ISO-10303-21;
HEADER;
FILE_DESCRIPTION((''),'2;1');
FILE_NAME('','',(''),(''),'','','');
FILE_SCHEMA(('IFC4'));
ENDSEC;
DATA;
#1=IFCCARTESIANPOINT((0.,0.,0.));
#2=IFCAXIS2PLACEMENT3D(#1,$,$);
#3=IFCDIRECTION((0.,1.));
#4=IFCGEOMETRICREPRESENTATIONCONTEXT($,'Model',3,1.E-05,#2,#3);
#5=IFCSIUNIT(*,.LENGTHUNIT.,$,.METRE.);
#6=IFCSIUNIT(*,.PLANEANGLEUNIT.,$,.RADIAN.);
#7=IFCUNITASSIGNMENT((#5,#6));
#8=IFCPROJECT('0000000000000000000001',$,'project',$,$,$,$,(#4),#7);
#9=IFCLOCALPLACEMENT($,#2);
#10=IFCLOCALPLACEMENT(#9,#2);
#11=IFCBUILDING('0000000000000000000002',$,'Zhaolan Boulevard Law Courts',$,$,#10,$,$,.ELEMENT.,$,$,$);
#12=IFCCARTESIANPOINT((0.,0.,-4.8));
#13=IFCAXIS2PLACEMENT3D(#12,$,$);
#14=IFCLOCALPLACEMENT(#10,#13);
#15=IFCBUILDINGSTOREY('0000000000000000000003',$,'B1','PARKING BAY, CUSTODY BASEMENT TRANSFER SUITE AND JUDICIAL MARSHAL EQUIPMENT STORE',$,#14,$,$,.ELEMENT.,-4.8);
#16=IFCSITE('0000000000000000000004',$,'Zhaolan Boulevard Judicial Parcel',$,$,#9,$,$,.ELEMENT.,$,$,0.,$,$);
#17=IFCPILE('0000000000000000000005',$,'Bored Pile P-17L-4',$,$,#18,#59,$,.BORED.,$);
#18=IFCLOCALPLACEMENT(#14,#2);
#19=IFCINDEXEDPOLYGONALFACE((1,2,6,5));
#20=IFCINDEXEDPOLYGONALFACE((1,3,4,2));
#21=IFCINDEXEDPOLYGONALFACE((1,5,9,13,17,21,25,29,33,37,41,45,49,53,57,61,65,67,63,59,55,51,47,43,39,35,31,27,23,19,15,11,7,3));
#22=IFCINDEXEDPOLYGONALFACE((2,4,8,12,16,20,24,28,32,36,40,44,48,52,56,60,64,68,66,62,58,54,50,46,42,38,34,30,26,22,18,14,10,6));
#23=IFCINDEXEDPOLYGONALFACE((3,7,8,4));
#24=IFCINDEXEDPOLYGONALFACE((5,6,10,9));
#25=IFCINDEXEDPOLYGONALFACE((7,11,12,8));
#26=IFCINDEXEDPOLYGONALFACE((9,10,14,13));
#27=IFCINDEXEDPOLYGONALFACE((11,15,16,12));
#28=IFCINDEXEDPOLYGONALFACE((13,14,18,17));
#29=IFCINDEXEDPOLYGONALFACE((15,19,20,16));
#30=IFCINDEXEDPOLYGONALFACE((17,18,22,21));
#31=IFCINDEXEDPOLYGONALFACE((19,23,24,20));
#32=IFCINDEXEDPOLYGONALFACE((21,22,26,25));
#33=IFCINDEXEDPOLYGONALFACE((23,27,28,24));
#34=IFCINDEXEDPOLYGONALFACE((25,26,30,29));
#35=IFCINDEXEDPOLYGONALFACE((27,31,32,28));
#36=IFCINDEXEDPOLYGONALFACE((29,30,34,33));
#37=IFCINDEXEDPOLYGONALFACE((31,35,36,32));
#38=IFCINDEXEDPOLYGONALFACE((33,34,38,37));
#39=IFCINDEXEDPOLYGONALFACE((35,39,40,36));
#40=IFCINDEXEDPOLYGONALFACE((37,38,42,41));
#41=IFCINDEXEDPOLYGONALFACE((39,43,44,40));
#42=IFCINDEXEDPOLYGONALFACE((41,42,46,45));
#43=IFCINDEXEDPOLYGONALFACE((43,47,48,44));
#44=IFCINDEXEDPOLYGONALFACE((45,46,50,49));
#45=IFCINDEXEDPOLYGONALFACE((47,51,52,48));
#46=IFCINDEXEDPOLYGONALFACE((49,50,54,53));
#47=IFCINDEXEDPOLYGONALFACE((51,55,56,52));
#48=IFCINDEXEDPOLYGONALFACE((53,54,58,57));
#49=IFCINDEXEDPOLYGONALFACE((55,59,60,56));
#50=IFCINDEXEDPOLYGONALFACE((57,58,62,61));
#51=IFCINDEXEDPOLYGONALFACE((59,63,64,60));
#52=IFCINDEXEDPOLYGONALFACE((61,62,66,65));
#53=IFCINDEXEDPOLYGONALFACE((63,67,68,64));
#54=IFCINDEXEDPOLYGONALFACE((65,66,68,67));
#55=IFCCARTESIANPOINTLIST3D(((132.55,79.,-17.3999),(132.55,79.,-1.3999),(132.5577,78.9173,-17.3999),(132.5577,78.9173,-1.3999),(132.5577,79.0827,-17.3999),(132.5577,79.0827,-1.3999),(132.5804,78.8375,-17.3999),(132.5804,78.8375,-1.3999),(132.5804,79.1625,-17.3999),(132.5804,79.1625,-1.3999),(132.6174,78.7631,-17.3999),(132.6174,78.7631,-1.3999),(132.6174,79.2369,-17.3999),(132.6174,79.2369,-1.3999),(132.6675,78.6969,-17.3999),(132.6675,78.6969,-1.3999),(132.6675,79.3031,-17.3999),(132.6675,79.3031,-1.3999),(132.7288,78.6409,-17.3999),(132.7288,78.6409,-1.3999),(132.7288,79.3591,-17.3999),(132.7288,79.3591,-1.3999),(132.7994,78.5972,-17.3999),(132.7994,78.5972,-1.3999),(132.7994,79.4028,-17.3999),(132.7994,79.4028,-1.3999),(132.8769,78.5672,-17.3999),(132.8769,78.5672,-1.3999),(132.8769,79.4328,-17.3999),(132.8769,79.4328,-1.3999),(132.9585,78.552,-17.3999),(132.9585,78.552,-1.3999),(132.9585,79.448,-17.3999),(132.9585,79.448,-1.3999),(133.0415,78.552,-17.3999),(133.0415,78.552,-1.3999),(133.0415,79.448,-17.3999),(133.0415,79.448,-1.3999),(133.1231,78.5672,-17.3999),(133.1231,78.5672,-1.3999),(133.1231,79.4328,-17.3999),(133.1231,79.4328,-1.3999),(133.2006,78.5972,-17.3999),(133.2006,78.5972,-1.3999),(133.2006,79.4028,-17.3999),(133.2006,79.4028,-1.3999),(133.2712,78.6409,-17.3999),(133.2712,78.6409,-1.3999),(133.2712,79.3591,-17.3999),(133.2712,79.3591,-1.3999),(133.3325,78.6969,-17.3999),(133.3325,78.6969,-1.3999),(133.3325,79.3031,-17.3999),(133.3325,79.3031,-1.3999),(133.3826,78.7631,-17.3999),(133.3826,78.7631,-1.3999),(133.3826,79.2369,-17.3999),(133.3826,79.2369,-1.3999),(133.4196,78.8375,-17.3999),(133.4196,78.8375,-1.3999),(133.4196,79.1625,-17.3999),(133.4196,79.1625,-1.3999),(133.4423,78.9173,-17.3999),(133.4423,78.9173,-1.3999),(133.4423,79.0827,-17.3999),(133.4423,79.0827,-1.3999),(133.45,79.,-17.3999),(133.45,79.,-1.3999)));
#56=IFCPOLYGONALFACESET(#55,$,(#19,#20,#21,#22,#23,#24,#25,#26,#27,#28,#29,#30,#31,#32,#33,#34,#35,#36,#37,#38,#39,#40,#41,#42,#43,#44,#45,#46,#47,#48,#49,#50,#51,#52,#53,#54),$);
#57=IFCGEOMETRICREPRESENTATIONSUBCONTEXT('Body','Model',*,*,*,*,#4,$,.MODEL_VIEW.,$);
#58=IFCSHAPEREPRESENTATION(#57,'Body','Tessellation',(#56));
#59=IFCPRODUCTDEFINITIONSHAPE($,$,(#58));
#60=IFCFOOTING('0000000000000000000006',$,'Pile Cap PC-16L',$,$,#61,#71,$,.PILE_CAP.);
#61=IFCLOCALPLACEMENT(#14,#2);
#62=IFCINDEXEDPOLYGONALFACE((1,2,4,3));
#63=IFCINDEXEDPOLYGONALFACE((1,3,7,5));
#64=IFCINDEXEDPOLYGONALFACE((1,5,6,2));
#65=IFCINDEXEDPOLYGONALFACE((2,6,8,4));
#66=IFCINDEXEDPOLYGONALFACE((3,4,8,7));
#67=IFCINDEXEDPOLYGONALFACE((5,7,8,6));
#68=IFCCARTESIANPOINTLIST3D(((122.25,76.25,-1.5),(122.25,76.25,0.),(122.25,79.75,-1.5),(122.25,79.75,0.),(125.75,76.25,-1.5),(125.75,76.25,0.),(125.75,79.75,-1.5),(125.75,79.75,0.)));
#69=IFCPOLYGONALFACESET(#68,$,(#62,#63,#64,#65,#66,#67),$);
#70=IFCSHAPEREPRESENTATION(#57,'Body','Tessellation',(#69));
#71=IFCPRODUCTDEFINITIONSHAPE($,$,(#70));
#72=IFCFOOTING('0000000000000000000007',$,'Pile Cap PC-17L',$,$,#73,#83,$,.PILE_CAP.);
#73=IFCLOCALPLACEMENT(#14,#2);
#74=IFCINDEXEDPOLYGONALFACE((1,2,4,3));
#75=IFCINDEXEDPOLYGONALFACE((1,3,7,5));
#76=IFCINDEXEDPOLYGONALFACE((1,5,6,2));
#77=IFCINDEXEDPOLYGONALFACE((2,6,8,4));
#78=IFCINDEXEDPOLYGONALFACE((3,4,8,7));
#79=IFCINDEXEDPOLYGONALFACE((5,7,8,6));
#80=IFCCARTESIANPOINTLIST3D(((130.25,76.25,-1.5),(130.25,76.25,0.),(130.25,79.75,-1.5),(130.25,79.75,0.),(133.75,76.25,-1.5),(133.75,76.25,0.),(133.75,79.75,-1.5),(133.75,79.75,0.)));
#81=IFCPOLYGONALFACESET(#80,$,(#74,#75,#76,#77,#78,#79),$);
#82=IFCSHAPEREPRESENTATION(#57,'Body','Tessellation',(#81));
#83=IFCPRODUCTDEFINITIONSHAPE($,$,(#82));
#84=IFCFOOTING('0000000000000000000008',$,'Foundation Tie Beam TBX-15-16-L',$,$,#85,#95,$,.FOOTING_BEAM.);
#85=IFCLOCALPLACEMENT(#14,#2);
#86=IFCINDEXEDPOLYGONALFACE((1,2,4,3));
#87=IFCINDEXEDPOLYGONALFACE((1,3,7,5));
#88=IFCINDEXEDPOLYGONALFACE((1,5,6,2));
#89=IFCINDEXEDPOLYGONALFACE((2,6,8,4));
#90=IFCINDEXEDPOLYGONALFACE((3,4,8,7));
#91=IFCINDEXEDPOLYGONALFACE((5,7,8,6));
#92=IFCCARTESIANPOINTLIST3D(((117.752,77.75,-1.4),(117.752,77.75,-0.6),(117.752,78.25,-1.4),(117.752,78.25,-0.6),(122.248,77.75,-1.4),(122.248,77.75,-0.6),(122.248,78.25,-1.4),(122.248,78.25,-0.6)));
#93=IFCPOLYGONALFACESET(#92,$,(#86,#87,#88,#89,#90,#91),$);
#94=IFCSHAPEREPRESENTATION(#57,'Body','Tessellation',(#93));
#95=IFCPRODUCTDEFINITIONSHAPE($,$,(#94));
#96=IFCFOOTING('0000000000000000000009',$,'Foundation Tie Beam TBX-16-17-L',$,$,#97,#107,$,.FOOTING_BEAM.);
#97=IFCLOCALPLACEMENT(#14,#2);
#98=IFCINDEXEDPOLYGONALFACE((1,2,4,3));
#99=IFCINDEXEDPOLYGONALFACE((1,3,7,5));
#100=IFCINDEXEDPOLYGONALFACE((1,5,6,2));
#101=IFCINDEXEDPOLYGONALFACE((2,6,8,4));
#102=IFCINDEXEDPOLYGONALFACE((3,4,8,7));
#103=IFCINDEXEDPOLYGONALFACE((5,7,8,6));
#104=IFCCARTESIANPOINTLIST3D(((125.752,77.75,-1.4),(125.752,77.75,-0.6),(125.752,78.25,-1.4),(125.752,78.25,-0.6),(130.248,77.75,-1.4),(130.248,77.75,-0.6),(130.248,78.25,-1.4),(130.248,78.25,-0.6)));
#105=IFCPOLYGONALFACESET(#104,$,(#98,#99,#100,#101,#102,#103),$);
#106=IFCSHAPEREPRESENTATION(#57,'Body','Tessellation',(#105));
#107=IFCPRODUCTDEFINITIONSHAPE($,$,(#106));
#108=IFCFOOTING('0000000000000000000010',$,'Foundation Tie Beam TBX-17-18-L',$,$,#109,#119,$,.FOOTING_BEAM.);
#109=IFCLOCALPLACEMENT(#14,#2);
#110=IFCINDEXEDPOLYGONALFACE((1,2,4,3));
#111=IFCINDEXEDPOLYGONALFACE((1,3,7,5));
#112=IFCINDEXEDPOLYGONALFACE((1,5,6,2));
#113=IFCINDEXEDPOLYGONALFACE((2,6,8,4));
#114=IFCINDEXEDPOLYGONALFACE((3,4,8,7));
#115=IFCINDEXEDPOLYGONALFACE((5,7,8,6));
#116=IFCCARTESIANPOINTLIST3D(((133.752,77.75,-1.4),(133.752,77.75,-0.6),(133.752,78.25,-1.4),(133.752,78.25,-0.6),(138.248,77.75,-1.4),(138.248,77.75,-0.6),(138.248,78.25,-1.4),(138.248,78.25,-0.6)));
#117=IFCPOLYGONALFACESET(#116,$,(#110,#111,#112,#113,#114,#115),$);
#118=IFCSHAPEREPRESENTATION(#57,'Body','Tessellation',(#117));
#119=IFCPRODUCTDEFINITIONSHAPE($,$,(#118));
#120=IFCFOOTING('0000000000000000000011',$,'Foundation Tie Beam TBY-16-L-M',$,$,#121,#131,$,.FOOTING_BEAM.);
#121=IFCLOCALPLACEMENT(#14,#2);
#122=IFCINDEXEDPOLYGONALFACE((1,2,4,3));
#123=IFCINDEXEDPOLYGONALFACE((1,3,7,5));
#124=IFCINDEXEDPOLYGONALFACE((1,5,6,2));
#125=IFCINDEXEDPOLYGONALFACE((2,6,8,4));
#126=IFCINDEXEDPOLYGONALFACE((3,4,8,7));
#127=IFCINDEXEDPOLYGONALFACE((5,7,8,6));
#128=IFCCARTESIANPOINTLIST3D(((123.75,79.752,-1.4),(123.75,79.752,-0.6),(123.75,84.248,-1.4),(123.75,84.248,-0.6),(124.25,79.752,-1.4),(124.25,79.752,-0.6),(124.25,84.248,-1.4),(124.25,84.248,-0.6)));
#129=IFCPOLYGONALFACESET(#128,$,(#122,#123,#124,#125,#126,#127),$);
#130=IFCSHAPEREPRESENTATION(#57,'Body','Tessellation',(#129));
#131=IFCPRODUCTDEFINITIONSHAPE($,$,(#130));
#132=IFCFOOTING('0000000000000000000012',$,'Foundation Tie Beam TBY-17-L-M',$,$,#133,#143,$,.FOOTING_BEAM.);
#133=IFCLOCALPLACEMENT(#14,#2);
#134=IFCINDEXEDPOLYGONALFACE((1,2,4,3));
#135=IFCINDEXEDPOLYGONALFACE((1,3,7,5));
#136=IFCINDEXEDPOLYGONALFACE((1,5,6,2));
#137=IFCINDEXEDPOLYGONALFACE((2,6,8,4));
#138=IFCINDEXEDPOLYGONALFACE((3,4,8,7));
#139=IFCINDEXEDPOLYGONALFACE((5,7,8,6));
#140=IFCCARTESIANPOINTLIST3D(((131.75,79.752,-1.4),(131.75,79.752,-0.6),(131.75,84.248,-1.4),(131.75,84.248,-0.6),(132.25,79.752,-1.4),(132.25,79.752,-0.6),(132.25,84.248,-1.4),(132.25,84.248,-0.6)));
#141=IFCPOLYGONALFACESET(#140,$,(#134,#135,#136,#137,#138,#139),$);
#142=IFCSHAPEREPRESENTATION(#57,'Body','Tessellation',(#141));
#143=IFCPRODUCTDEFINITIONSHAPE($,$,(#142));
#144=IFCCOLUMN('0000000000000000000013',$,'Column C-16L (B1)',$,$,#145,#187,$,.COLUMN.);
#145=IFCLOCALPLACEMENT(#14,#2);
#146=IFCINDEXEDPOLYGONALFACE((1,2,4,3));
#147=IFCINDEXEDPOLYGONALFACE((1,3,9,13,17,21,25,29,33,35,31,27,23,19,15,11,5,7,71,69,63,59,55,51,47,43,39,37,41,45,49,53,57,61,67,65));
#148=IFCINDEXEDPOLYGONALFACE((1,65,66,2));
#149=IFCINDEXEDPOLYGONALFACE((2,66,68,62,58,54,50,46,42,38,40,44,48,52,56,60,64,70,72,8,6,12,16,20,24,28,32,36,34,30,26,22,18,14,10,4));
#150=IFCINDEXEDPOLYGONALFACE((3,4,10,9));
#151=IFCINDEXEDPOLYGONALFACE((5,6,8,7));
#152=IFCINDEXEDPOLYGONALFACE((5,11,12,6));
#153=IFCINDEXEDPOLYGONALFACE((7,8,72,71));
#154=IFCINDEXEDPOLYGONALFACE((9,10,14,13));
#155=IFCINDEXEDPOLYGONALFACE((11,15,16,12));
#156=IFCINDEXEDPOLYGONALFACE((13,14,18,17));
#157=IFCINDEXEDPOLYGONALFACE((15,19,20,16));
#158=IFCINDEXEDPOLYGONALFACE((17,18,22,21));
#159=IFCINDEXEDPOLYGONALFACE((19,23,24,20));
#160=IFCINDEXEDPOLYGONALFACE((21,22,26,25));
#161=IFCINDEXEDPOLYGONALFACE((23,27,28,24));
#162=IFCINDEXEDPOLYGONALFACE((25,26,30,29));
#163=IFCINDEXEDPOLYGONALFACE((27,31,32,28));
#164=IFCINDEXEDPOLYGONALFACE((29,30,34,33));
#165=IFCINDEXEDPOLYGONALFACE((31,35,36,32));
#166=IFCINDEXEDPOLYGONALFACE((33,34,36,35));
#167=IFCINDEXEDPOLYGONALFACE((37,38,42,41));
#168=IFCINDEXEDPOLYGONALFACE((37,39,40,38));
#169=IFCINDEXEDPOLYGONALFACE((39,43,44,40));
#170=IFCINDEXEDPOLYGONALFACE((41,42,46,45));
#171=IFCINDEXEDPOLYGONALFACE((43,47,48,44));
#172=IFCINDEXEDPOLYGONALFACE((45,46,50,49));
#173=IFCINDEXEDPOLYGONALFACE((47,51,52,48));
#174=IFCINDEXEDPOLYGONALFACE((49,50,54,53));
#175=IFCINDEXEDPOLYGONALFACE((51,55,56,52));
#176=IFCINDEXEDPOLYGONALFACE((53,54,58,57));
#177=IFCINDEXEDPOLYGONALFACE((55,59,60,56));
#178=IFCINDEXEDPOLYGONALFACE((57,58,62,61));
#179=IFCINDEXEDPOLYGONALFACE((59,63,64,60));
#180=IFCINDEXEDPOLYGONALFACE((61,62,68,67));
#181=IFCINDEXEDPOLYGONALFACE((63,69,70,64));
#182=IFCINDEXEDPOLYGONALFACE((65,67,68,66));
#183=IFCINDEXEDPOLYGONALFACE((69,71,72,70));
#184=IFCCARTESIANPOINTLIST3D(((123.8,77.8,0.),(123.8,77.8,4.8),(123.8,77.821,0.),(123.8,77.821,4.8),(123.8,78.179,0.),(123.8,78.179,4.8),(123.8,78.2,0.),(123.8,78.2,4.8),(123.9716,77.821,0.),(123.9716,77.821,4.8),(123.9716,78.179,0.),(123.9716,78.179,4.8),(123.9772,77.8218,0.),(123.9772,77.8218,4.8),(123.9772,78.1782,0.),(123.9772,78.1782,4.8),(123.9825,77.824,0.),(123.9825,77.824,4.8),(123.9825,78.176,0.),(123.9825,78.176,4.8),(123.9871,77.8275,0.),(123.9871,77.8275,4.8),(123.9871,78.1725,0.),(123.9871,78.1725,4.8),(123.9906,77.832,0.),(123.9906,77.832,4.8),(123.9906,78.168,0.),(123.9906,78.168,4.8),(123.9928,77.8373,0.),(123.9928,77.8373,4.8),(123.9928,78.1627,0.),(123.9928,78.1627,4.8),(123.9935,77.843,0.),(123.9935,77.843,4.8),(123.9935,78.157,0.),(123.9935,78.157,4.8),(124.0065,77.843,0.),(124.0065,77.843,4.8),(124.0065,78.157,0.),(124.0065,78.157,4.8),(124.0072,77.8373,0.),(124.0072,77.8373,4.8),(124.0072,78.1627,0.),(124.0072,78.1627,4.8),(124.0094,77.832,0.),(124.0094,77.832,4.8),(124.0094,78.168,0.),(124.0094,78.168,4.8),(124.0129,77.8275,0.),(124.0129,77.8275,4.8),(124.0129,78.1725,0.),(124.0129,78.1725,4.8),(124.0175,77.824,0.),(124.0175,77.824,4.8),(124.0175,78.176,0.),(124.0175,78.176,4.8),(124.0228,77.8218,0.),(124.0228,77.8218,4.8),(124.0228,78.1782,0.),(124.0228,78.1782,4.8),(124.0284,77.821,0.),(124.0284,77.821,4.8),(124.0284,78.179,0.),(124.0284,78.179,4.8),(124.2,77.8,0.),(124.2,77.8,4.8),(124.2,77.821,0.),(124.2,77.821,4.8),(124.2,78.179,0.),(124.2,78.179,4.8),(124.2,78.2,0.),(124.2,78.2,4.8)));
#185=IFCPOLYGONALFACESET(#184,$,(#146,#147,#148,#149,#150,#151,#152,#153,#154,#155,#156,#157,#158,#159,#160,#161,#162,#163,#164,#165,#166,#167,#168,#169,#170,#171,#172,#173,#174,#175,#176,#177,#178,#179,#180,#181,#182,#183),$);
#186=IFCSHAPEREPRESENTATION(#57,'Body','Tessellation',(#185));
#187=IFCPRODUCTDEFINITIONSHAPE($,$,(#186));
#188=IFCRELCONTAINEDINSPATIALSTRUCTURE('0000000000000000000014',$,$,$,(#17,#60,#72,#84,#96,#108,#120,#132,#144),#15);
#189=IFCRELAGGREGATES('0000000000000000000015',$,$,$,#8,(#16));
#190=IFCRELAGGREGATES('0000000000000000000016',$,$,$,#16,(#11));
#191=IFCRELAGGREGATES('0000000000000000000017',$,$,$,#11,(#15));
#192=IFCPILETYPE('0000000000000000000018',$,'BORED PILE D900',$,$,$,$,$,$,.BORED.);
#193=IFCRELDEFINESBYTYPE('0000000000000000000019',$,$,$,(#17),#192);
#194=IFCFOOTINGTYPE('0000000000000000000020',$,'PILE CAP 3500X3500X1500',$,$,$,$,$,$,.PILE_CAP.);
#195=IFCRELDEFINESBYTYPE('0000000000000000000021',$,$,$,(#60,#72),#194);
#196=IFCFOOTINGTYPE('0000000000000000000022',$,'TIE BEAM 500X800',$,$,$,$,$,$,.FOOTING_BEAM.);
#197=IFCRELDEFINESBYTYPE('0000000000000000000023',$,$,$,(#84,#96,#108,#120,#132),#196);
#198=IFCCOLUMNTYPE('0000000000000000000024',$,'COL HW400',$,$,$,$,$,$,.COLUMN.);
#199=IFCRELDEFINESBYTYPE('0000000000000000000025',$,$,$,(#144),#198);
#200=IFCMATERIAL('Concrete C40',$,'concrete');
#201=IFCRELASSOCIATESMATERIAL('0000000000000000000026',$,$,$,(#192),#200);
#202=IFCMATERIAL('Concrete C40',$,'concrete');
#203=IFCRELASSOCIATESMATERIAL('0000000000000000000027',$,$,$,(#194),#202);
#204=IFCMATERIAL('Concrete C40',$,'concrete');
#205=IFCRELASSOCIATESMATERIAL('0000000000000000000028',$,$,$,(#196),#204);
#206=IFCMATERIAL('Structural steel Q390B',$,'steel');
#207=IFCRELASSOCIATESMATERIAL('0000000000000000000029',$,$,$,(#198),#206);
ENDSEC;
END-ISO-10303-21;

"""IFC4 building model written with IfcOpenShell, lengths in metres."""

from ifc_helpers import new_model, si_unit, direction, frame, origin, origin_2d, place, context, subcontext, project, spatial, rectangle, circle, i_section, extrude, material, material_profile, profile_set, type_object, element, save


model = new_model("IFC4")

# Units and contexts
model_context = context("Model", 3, precision=1e-05, world=origin(), true_north=direction((0.0, 1.0)))
body_context = subcontext(model_context, "Body", "Model", "MODEL_VIEW")
ifc_project = project(units=[si_unit("LENGTHUNIT", "METRE"), si_unit("PLANEANGLEUNIT", "RADIAN")], contexts=[model_context])

# Site, building, storey
site_placement = place(None, origin())
site = spatial("IfcSite", under=ifc_project, at=site_placement, Name="Zhaolan Boulevard Judicial Parcel", CompositionType="ELEMENT", RefElevation=0.0)
building_placement = place(site_placement, origin())
building = spatial("IfcBuilding", under=site, at=building_placement, Name="Zhaolan Boulevard Law Courts", CompositionType="ELEMENT")
storey_placement = place(building_placement, frame((0.0, 0.0, -4.8)))
storey = spatial("IfcBuildingStorey", under=building, at=storey_placement, Name="B1", Description="PARKING BAY, CUSTODY BASEMENT TRANSFER SUITE AND JUDICIAL MARSHAL EQUIPMENT STORE", CompositionType="ELEMENT", Elevation=-4.8)

# Pile
ifc_material_1 = material(Name="Concrete C40", Category="concrete")
ifc_material_profile_1 = material_profile(ifc_material_1, circle(Radius=0.45, at=origin_2d()), Name="PILE-D900")
ifc_profile_set_1 = profile_set([ifc_material_profile_1], Name="Concrete C40")
pile_type = type_object("IfcPileType", Name="BORED PILE D900", PredefinedType="BORED", material=ifc_profile_set_1)
for number, where, z_axis, x_axis, name in (
    (1, (133.0, 79.0, -1.3999), (0.0, 0.0, -1.0), (1.0, 0.0, 0.0), "Bored Pile P-17L-4"),
):
    element("IfcPile", number, at=place(storey_placement, frame(where, z_axis=z_axis, x_axis=x_axis)), inside=storey, type_object=pile_type, Name=name, PredefinedType="BORED", context=body_context, shape_type="SweptSolid", body=[
        extrude(circle(Radius=0.45, at=origin_2d()), origin(), (0.0, 0.0, 1.0), 16.0),
    ])

# Footings
ifc_material_2 = material(Name="Concrete C40", Category="concrete")
footing_type_1 = type_object("IfcFootingType", Name="PILE CAP 3500X3500X1500", PredefinedType="PILE_CAP", material=ifc_material_2)
for number, where, z_axis, x_axis, name in (
    (2, (124.0, 78.0, -1.5), (0.0, 0.0, 1.0), (1.0, 0.0, 0.0), "Pile Cap PC-16L"),
    (3, (132.0, 78.0, -1.5), (0.0, 0.0, 1.0), (1.0, 0.0, 0.0), "Pile Cap PC-17L"),
):
    element("IfcFooting", number, at=place(storey_placement, frame(where, z_axis=z_axis, x_axis=x_axis)), inside=storey, type_object=footing_type_1, Name=name, PredefinedType="PILE_CAP", context=body_context, shape_type="SweptSolid", body=[
        extrude(rectangle(XDim=3.5, YDim=3.5, at=origin_2d()), origin(), (0.0, 0.0, 1.0), 1.5),
    ])
ifc_material_3 = material(Name="Concrete C40", Category="concrete")
ifc_material_profile_2 = material_profile(ifc_material_3, rectangle(XDim=0.5, YDim=0.8, at=origin_2d()), Name="RC500x800")
ifc_profile_set_2 = profile_set([ifc_material_profile_2], Name="Concrete C40")
footing_type_2 = type_object("IfcFootingType", Name="TIE BEAM 500X800", PredefinedType="FOOTING_BEAM", material=ifc_profile_set_2)
for number, where, z_axis, x_axis, name in (
    (4, (117.752, 78.0, -1.0), (1.0, 0.0, 0.0), (0.0, 1.0, 0.0), "Foundation Tie Beam TBX-15-16-L"),
    (5, (125.752, 78.0, -1.0), (1.0, 0.0, 0.0), (0.0, 1.0, 0.0), "Foundation Tie Beam TBX-16-17-L"),
    (6, (133.752, 78.0, -1.0), (1.0, 0.0, 0.0), (0.0, 1.0, 0.0), "Foundation Tie Beam TBX-17-18-L"),
    (7, (124.0, 79.752, -1.0), (0.0, 1.0, 0.0), (-1.0, 0.0, 0.0), "Foundation Tie Beam TBY-16-L-M"),
    (8, (132.0, 79.752, -1.0), (0.0, 1.0, 0.0), (-1.0, 0.0, 0.0), "Foundation Tie Beam TBY-17-L-M"),
):
    element("IfcFooting", number, at=place(storey_placement, frame(where, z_axis=z_axis, x_axis=x_axis)), inside=storey, type_object=footing_type_2, Name=name, PredefinedType="FOOTING_BEAM", context=body_context, shape_type="SweptSolid", body=[
        extrude(rectangle(XDim=0.5, YDim=0.8, at=origin_2d()), origin(), (0.0, 0.0, 1.0), 4.4961),
    ])

# Column
ifc_material_4 = material(Name="Structural steel Q390B", Category="steel")
ifc_material_profile_3 = material_profile(ifc_material_4, i_section(OverallWidth=0.3999, OverallDepth=0.3999, WebThickness=0.0129, FlangeThickness=0.021, FilletRadius=0.022, at=origin_2d()), Name="HW400x400")
ifc_profile_set_3 = profile_set([ifc_material_profile_3], Name="Structural steel Q390B")
column_type = type_object("IfcColumnType", Name="COL HW400", PredefinedType="COLUMN", material=ifc_profile_set_3)
for number, where, z_axis, x_axis, name in (
    (9, (124.0, 78.0, 0.0), (0.0, 0.0, 1.0), (1.0, 0.0, 0.0), "Column C-16L (B1)"),
):
    element("IfcColumn", number, at=place(storey_placement, frame(where, z_axis=z_axis, x_axis=x_axis)), inside=storey, type_object=column_type, Name=name, PredefinedType="COLUMN", context=body_context, shape_type="SweptSolid", body=[
        extrude(i_section(OverallWidth=0.3999, OverallDepth=0.3999, WebThickness=0.0129, FlangeThickness=0.021, FilletRadius=0.022, at=origin_2d()), origin(), (0.0, 0.0, 1.0), 4.8),
    ])

save(model, "model.ifc")
